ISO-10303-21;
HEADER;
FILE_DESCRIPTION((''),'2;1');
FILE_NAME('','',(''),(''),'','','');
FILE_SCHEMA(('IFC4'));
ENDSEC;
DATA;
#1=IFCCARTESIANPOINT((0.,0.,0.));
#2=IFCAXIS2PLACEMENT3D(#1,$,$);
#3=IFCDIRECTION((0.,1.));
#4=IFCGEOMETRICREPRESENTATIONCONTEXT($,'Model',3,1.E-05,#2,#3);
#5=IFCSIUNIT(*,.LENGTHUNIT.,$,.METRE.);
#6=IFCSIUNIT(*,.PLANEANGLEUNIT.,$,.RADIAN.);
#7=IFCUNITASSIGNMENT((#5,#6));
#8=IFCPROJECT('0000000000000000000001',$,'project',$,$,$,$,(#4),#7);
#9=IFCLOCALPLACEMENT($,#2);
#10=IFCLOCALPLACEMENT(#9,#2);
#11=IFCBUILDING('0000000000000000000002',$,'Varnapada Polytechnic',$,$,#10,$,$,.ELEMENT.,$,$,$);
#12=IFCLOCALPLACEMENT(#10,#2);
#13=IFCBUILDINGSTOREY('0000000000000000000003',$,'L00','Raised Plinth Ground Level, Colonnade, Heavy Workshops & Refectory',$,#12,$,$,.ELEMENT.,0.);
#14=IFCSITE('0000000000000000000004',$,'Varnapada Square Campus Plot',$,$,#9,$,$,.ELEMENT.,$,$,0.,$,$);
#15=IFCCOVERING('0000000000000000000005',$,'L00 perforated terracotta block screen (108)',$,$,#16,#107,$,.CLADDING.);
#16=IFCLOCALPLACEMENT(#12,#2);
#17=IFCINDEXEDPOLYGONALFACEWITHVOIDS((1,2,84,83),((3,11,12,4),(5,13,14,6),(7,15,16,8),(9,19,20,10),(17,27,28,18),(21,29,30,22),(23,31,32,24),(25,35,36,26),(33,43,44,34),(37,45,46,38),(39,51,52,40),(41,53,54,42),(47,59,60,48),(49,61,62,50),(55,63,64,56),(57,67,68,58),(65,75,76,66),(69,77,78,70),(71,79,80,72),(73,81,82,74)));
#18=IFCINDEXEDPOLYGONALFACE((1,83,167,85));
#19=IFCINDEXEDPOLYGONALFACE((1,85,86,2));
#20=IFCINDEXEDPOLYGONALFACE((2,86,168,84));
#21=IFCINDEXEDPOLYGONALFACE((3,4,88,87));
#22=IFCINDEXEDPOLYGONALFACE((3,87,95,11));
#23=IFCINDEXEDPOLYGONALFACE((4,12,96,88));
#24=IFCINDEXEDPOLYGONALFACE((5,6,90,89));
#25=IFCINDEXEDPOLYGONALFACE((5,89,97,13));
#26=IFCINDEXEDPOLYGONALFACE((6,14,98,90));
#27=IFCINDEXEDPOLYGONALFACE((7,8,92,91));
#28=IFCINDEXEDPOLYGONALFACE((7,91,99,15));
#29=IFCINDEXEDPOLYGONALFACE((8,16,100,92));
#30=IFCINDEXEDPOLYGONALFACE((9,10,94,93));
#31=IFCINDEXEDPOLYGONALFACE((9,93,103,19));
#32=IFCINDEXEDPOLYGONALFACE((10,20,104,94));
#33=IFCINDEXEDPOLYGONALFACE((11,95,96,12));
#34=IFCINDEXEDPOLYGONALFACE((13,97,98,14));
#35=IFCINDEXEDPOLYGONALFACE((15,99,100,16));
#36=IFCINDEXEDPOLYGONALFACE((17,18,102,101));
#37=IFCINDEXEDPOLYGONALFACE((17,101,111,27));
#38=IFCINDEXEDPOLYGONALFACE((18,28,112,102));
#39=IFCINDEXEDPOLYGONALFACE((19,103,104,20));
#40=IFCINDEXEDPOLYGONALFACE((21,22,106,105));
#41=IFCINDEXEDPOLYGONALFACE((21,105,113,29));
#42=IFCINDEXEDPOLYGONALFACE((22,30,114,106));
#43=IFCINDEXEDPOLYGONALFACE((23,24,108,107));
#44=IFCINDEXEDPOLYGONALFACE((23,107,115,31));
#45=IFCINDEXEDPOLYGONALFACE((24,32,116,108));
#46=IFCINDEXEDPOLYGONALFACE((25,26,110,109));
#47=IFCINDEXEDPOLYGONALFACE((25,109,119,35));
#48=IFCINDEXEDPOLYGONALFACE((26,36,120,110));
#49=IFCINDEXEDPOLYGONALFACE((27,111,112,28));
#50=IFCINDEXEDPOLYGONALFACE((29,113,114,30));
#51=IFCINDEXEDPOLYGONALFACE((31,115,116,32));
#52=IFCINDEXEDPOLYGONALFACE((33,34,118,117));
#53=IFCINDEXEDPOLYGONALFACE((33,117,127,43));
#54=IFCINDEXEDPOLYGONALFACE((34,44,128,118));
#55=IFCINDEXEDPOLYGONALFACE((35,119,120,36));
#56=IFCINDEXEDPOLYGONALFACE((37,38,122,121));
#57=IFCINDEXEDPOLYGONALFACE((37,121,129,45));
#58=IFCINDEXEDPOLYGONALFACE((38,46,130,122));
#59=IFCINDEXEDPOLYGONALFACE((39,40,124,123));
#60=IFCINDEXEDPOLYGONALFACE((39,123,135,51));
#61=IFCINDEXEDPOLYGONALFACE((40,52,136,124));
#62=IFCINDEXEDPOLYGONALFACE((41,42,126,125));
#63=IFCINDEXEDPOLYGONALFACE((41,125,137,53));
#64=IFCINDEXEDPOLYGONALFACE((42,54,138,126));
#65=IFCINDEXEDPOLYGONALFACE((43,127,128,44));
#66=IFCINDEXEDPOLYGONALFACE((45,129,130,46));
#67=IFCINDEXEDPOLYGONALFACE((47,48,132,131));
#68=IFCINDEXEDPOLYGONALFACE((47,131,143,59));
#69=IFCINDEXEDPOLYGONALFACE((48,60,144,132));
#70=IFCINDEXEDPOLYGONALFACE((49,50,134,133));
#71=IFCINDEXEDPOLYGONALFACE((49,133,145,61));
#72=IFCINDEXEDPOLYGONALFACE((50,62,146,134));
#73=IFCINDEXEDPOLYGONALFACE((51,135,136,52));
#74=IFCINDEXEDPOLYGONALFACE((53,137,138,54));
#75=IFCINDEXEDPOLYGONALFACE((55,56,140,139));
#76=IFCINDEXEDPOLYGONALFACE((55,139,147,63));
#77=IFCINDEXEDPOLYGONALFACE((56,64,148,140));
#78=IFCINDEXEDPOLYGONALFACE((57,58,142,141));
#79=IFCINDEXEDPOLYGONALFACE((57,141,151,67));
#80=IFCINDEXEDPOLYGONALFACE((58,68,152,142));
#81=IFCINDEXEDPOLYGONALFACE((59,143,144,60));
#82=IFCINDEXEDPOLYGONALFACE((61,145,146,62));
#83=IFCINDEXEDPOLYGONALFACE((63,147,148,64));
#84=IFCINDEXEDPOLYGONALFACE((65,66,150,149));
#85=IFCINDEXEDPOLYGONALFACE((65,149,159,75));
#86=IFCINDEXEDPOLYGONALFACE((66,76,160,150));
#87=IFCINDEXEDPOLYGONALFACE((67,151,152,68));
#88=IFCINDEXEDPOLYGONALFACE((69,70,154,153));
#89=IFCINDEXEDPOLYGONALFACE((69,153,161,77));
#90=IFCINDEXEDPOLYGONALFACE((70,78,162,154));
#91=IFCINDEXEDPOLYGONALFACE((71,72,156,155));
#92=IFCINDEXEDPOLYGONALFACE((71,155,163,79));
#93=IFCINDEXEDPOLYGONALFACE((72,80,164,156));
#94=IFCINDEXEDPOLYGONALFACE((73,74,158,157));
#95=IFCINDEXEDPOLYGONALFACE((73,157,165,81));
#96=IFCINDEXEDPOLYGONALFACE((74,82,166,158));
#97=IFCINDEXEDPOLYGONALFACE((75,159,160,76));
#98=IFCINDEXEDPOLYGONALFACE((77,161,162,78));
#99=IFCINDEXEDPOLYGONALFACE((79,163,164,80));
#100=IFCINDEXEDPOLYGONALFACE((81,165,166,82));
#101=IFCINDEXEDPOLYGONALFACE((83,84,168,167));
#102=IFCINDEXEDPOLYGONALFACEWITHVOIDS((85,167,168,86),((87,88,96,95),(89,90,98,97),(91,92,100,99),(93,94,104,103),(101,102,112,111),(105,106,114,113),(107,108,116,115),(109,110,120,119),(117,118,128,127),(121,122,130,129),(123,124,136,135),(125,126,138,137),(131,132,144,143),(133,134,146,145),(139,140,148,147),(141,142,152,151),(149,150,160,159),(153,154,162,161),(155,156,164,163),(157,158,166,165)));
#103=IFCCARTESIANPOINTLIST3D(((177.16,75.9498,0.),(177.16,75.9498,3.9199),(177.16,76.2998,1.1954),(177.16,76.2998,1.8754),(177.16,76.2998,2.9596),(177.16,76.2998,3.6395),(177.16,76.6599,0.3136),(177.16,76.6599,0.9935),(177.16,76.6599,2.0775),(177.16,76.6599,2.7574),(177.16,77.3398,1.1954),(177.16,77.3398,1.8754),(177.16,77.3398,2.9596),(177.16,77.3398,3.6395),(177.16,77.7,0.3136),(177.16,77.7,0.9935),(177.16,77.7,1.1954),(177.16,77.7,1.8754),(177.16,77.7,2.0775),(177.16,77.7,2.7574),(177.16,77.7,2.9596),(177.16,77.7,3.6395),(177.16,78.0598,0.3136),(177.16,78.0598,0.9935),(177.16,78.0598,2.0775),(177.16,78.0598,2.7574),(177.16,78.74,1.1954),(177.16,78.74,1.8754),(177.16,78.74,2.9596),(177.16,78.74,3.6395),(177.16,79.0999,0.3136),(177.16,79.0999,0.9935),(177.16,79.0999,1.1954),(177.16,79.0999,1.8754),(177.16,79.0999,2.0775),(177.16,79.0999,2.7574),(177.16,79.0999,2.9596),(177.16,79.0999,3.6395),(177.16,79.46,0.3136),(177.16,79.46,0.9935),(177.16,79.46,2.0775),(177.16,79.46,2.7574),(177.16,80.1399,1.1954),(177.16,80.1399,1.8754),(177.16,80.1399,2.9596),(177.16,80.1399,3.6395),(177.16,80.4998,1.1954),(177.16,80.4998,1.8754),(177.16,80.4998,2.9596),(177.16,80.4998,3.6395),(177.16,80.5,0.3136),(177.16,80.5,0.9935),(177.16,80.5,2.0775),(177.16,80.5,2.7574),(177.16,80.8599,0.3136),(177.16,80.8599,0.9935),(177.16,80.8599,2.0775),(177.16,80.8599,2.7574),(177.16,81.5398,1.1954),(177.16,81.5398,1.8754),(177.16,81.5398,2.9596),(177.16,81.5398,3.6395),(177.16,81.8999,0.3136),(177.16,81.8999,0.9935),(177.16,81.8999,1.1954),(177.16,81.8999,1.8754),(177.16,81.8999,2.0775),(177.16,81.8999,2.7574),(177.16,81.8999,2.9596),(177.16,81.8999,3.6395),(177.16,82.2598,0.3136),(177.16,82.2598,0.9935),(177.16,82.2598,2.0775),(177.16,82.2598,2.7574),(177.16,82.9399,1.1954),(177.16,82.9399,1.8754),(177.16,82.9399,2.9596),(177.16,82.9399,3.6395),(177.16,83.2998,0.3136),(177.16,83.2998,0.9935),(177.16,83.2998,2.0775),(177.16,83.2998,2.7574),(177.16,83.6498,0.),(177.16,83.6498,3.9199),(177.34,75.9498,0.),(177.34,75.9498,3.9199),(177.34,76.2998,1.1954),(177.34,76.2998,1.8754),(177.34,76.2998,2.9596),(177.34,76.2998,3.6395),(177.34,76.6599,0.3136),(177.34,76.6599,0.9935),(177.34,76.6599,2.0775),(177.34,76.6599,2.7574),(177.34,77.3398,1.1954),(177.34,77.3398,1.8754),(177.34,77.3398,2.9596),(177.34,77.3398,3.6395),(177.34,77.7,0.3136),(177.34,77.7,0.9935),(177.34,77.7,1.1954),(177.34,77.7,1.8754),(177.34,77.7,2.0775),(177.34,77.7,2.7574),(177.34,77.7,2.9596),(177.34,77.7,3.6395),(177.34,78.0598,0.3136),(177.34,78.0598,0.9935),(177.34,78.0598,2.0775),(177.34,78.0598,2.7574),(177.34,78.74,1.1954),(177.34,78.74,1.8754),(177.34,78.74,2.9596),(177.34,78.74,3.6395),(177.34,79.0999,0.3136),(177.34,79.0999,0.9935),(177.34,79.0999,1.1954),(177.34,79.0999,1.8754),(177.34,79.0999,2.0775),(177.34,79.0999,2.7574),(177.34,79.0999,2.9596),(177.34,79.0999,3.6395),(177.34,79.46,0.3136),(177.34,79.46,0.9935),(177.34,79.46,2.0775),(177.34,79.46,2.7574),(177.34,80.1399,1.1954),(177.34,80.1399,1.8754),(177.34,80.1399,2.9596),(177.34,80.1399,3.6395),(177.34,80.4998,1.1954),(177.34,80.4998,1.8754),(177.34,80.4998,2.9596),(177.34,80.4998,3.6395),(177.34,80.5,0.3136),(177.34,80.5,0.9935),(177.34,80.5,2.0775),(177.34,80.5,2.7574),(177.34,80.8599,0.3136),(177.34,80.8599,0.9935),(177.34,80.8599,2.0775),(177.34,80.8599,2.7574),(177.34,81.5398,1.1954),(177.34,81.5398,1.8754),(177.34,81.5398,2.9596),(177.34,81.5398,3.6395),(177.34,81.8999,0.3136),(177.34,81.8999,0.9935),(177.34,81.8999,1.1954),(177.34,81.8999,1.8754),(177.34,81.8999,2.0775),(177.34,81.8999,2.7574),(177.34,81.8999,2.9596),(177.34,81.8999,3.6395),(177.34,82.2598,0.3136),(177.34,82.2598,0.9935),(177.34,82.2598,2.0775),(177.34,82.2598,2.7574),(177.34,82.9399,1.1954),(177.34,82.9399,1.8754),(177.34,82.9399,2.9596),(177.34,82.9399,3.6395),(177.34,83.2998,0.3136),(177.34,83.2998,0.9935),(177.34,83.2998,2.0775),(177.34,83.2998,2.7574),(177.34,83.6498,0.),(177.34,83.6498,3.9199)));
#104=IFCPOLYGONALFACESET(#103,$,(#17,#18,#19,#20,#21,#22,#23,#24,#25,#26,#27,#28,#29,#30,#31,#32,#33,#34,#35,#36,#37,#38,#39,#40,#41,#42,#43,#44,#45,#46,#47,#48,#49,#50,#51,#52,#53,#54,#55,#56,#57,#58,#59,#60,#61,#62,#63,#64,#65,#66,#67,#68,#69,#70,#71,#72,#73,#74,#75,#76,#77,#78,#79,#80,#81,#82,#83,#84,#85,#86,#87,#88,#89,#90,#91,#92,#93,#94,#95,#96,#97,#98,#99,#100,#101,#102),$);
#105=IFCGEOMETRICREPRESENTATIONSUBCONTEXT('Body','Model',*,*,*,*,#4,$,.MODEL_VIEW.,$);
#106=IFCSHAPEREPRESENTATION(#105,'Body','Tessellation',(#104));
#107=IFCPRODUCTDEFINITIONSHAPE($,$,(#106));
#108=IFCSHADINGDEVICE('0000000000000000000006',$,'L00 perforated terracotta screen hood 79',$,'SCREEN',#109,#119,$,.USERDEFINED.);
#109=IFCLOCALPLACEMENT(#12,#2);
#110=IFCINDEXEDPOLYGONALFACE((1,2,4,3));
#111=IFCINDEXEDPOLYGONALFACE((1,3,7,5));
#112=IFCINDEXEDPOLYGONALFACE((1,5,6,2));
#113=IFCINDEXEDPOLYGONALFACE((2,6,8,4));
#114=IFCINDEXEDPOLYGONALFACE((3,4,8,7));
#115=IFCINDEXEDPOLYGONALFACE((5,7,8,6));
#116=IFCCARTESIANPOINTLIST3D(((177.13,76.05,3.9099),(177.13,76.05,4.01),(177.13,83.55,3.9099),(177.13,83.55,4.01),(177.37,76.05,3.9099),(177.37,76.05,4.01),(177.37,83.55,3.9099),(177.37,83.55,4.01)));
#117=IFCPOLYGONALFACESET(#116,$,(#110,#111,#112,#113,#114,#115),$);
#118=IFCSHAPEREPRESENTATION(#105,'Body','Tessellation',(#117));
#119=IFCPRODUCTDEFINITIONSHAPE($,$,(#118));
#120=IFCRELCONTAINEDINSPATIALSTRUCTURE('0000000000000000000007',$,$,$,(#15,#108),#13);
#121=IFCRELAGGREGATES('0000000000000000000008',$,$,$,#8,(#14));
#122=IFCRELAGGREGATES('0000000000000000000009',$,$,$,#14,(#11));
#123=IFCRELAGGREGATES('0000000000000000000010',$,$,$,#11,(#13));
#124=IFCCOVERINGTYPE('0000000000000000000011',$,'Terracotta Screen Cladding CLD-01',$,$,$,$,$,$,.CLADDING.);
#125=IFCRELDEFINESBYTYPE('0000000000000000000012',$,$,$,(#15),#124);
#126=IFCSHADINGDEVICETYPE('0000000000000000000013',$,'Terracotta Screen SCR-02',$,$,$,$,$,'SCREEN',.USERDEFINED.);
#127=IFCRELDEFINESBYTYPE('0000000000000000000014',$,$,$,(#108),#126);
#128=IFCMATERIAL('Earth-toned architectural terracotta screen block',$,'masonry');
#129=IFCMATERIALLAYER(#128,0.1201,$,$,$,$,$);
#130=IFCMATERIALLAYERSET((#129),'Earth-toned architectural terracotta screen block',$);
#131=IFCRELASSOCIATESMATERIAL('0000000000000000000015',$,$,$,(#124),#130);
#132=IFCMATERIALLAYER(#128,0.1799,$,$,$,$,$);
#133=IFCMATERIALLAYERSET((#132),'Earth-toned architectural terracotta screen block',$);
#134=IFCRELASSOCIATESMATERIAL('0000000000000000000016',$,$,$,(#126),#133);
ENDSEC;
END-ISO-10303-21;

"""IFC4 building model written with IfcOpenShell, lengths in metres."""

from ifc_helpers import new_model, si_unit, direction, frame, frame_2d, origin, origin_2d, place, context, subcontext, project, spatial, rectangle, extrude, material, layer, layer_set, type_object, element, save


model = new_model("IFC4")

# Units and contexts
model_context = context("Model", 3, precision=1e-05, world=origin(), true_north=direction((0.0, 1.0)))
body_context = subcontext(model_context, "Body", "Model", "MODEL_VIEW")
ifc_project = project(units=[si_unit("LENGTHUNIT", "METRE"), si_unit("PLANEANGLEUNIT", "RADIAN")], contexts=[model_context])

# Site, building, storey
site_placement = place(None, origin())
site = spatial("IfcSite", under=ifc_project, at=site_placement, Name="Varnapada Square Campus Plot", CompositionType="ELEMENT", RefElevation=0.0)
building_placement = place(site_placement, origin())
building = spatial("IfcBuilding", under=site, at=building_placement, Name="Varnapada Polytechnic", CompositionType="ELEMENT")
storey_placement = place(building_placement, origin())
storey = spatial("IfcBuildingStorey", under=building, at=storey_placement, Name="L00", Description="Raised Plinth Ground Level, Colonnade, Heavy Workshops & Refectory", CompositionType="ELEMENT", Elevation=0.0)

# Covering, openings
ifc_material_1 = material(Name="Earth-toned architectural terracotta screen block", Category="masonry")
ifc_layer_1 = layer(ifc_material_1, 0.1201)
ifc_layer_set_1 = layer_set([ifc_layer_1], Name="Earth-toned architectural terracotta screen block")
covering_type_1 = type_object("IfcCoveringType", Name="Terracotta Screen Cladding CLD-01", PredefinedType="CLADDING", material=ifc_layer_set_1)
covering_1_placement = place(storey_placement, frame((177.25, 83.6499, 0.0), z_axis=(0.0, 0.0, 1.0), x_axis=(0.0, -1.0, 0.0)))
covering_1 = element("IfcCovering", 1, at=covering_1_placement, inside=storey, type_object=covering_type_1, Name="L00 perforated terracotta block screen (108)", PredefinedType="CLADDING", context=body_context, shape_type="SweptSolid", body=[
    extrude(rectangle(XDim=7.7, YDim=0.1799, at=frame_2d((3.8501, 0.0))), origin(), (0.0, 0.0, 1.0), 3.9199),
])
opening_1_placement = place(covering_1_placement, frame((0.3501, 0.0, 0.3137)))
element("IfcOpeningElement", 2, at=opening_1_placement, cuts=covering_1, PredefinedType="OPENING", context=body_context, shape_type="SweptSolid", body=[
    extrude(rectangle(XDim=1.04, YDim=0.6799, at=frame_2d((0.52, 0.3398))), frame((0.0, 0.0999, 0.0), z_axis=(0.0, -1.0, 0.0), x_axis=(1.0, 0.0, 0.0)), (0.0, 0.0, 1.0), 0.2),
])
opening_2_placement = place(covering_1_placement, frame((1.75, 0.0, 0.3137)))
element("IfcOpeningElement", 3, at=opening_2_placement, cuts=covering_1, PredefinedType="OPENING", context=body_context, shape_type="SweptSolid", body=[
    extrude(rectangle(XDim=1.04, YDim=0.6799, at=frame_2d((0.52, 0.3398))), frame((0.0, 0.0999, 0.0), z_axis=(0.0, -1.0, 0.0), x_axis=(1.0, 0.0, 0.0)), (0.0, 0.0, 1.0), 0.2),
])
opening_3_placement = place(covering_1_placement, frame((3.1499, 0.0, 0.3137)))
element("IfcOpeningElement", 4, at=opening_3_placement, cuts=covering_1, PredefinedType="OPENING", context=body_context, shape_type="SweptSolid", body=[
    extrude(rectangle(XDim=1.04, YDim=0.6799, at=frame_2d((0.52, 0.3398))), frame((0.0, 0.0999, 0.0), z_axis=(0.0, -1.0, 0.0), x_axis=(1.0, 0.0, 0.0)), (0.0, 0.0, 1.0), 0.2),
])
opening_4_placement = place(covering_1_placement, frame((4.55, 0.0, 0.3137)))
element("IfcOpeningElement", 5, at=opening_4_placement, cuts=covering_1, PredefinedType="OPENING", context=body_context, shape_type="SweptSolid", body=[
    extrude(rectangle(XDim=1.04, YDim=0.6799, at=frame_2d((0.52, 0.3398))), frame((0.0, 0.0999, 0.0), z_axis=(0.0, -1.0, 0.0), x_axis=(1.0, 0.0, 0.0)), (0.0, 0.0, 1.0), 0.2),
])
opening_5_placement = place(covering_1_placement, frame((5.95, 0.0, 0.3137)))
element("IfcOpeningElement", 6, at=opening_5_placement, cuts=covering_1, PredefinedType="OPENING", context=body_context, shape_type="SweptSolid", body=[
    extrude(rectangle(XDim=1.04, YDim=0.6799, at=frame_2d((0.52, 0.3398))), frame((0.0, 0.0999, 0.0), z_axis=(0.0, -1.0, 0.0), x_axis=(1.0, 0.0, 0.0)), (0.0, 0.0, 1.0), 0.2),
])
opening_6_placement = place(covering_1_placement, frame((0.71, 0.0, 1.1956)))
element("IfcOpeningElement", 7, at=opening_6_placement, cuts=covering_1, PredefinedType="OPENING", context=body_context, shape_type="SweptSolid", body=[
    extrude(rectangle(XDim=1.04, YDim=0.6799, at=frame_2d((0.52, 0.3398))), frame((0.0, 0.0999, 0.0), z_axis=(0.0, -1.0, 0.0), x_axis=(1.0, 0.0, 0.0)), (0.0, 0.0, 1.0), 0.2),
])
opening_7_placement = place(covering_1_placement, frame((2.1101, 0.0, 1.1956)))
element("IfcOpeningElement", 8, at=opening_7_placement, cuts=covering_1, PredefinedType="OPENING", context=body_context, shape_type="SweptSolid", body=[
    extrude(rectangle(XDim=1.04, YDim=0.6799, at=frame_2d((0.52, 0.3398))), frame((0.0, 0.0999, 0.0), z_axis=(0.0, -1.0, 0.0), x_axis=(1.0, 0.0, 0.0)), (0.0, 0.0, 1.0), 0.2),
])
opening_8_placement = place(covering_1_placement, frame((3.51, 0.0, 1.1956)))
element("IfcOpeningElement", 9, at=opening_8_placement, cuts=covering_1, PredefinedType="OPENING", context=body_context, shape_type="SweptSolid", body=[
    extrude(rectangle(XDim=1.04, YDim=0.6799, at=frame_2d((0.52, 0.3398))), frame((0.0, 0.0999, 0.0), z_axis=(0.0, -1.0, 0.0), x_axis=(1.0, 0.0, 0.0)), (0.0, 0.0, 1.0), 0.2),
])
opening_9_placement = place(covering_1_placement, frame((4.9099, 0.0, 1.1956)))
element("IfcOpeningElement", 10, at=opening_9_placement, cuts=covering_1, PredefinedType="OPENING", context=body_context, shape_type="SweptSolid", body=[
    extrude(rectangle(XDim=1.04, YDim=0.6799, at=frame_2d((0.52, 0.3398))), frame((0.0, 0.0999, 0.0), z_axis=(0.0, -1.0, 0.0), x_axis=(1.0, 0.0, 0.0)), (0.0, 0.0, 1.0), 0.2),
])
opening_10_placement = place(covering_1_placement, frame((6.3101, 0.0, 1.1956)))
element("IfcOpeningElement", 11, at=opening_10_placement, cuts=covering_1, PredefinedType="OPENING", context=body_context, shape_type="SweptSolid", body=[
    extrude(rectangle(XDim=1.04, YDim=0.6799, at=frame_2d((0.52, 0.3398))), frame((0.0, 0.0999, 0.0), z_axis=(0.0, -1.0, 0.0), x_axis=(1.0, 0.0, 0.0)), (0.0, 0.0, 1.0), 0.2),
])
opening_11_placement = place(covering_1_placement, frame((0.3501, 0.0, 2.0776)))
element("IfcOpeningElement", 12, at=opening_11_placement, cuts=covering_1, PredefinedType="OPENING", context=body_context, shape_type="SweptSolid", body=[
    extrude(rectangle(XDim=1.04, YDim=0.6799, at=frame_2d((0.52, 0.3398))), frame((0.0, 0.0999, 0.0), z_axis=(0.0, -1.0, 0.0), x_axis=(1.0, 0.0, 0.0)), (0.0, 0.0, 1.0), 0.2),
])
opening_12_placement = place(covering_1_placement, frame((1.75, 0.0, 2.0776)))
element("IfcOpeningElement", 13, at=opening_12_placement, cuts=covering_1, PredefinedType="OPENING", context=body_context, shape_type="SweptSolid", body=[
    extrude(rectangle(XDim=1.04, YDim=0.6799, at=frame_2d((0.52, 0.3398))), frame((0.0, 0.0999, 0.0), z_axis=(0.0, -1.0, 0.0), x_axis=(1.0, 0.0, 0.0)), (0.0, 0.0, 1.0), 0.2),
])
opening_13_placement = place(covering_1_placement, frame((3.1499, 0.0, 2.0776)))
element("IfcOpeningElement", 14, at=opening_13_placement, cuts=covering_1, PredefinedType="OPENING", context=body_context, shape_type="SweptSolid", body=[
    extrude(rectangle(XDim=1.04, YDim=0.6799, at=frame_2d((0.52, 0.3398))), frame((0.0, 0.0999, 0.0), z_axis=(0.0, -1.0, 0.0), x_axis=(1.0, 0.0, 0.0)), (0.0, 0.0, 1.0), 0.2),
])
opening_14_placement = place(covering_1_placement, frame((4.55, 0.0, 2.0776)))
element("IfcOpeningElement", 15, at=opening_14_placement, cuts=covering_1, PredefinedType="OPENING", context=body_context, shape_type="SweptSolid", body=[
    extrude(rectangle(XDim=1.04, YDim=0.6799, at=frame_2d((0.52, 0.3398))), frame((0.0, 0.0999, 0.0), z_axis=(0.0, -1.0, 0.0), x_axis=(1.0, 0.0, 0.0)), (0.0, 0.0, 1.0), 0.2),
])
opening_15_placement = place(covering_1_placement, frame((5.95, 0.0, 2.0776)))
element("IfcOpeningElement", 16, at=opening_15_placement, cuts=covering_1, PredefinedType="OPENING", context=body_context, shape_type="SweptSolid", body=[
    extrude(rectangle(XDim=1.04, YDim=0.6799, at=frame_2d((0.52, 0.3398))), frame((0.0, 0.0999, 0.0), z_axis=(0.0, -1.0, 0.0), x_axis=(1.0, 0.0, 0.0)), (0.0, 0.0, 1.0), 0.2),
])
opening_16_placement = place(covering_1_placement, frame((0.71, 0.0, 2.9597)))
element("IfcOpeningElement", 17, at=opening_16_placement, cuts=covering_1, PredefinedType="OPENING", context=body_context, shape_type="SweptSolid", body=[
    extrude(rectangle(XDim=1.04, YDim=0.6799, at=frame_2d((0.52, 0.3398))), frame((0.0, 0.0999, 0.0), z_axis=(0.0, -1.0, 0.0), x_axis=(1.0, 0.0, 0.0)), (0.0, 0.0, 1.0), 0.2),
])
opening_17_placement = place(covering_1_placement, frame((2.1101, 0.0, 2.9597)))
element("IfcOpeningElement", 18, at=opening_17_placement, cuts=covering_1, PredefinedType="OPENING", context=body_context, shape_type="SweptSolid", body=[
    extrude(rectangle(XDim=1.04, YDim=0.6799, at=frame_2d((0.52, 0.3398))), frame((0.0, 0.0999, 0.0), z_axis=(0.0, -1.0, 0.0), x_axis=(1.0, 0.0, 0.0)), (0.0, 0.0, 1.0), 0.2),
])
opening_18_placement = place(covering_1_placement, frame((3.51, 0.0, 2.9597)))
element("IfcOpeningElement", 19, at=opening_18_placement, cuts=covering_1, PredefinedType="OPENING", context=body_context, shape_type="SweptSolid", body=[
    extrude(rectangle(XDim=1.04, YDim=0.6799, at=frame_2d((0.52, 0.3398))), frame((0.0, 0.0999, 0.0), z_axis=(0.0, -1.0, 0.0), x_axis=(1.0, 0.0, 0.0)), (0.0, 0.0, 1.0), 0.2),
])
opening_19_placement = place(covering_1_placement, frame((4.9099, 0.0, 2.9597)))
element("IfcOpeningElement", 20, at=opening_19_placement, cuts=covering_1, PredefinedType="OPENING", context=body_context, shape_type="SweptSolid", body=[
    extrude(rectangle(XDim=1.04, YDim=0.6799, at=frame_2d((0.52, 0.3398))), frame((0.0, 0.0999, 0.0), z_axis=(0.0, -1.0, 0.0), x_axis=(1.0, 0.0, 0.0)), (0.0, 0.0, 1.0), 0.2),
])
opening_20_placement = place(covering_1_placement, frame((6.3101, 0.0, 2.9597)))
element("IfcOpeningElement", 21, at=opening_20_placement, cuts=covering_1, PredefinedType="OPENING", context=body_context, shape_type="SweptSolid", body=[
    extrude(rectangle(XDim=1.04, YDim=0.6799, at=frame_2d((0.52, 0.3398))), frame((0.0, 0.0999, 0.0), z_axis=(0.0, -1.0, 0.0), x_axis=(1.0, 0.0, 0.0)), (0.0, 0.0, 1.0), 0.2),
])

# Shading device
ifc_layer_2 = layer(ifc_material_1, 0.1799)
ifc_layer_set_2 = layer_set([ifc_layer_2], Name="Earth-toned architectural terracotta screen block")
shading_device_type = type_object("IfcShadingDeviceType", Name="Terracotta Screen SCR-02", ElementType="SCREEN", PredefinedType="USERDEFINED", material=ifc_layer_set_2)
for number, where, z_axis, x_axis, name in (
    (22, (177.25, 79.8, 3.9099), (0.0, 0.0, 1.0), (0.0, -1.0, 0.0), "L00 perforated terracotta screen hood 79"),
):
    element("IfcShadingDevice", number, at=place(storey_placement, frame(where, z_axis=z_axis, x_axis=x_axis)), inside=storey, type_object=shading_device_type, Name=name, ObjectType="SCREEN", PredefinedType="USERDEFINED", context=body_context, shape_type="SweptSolid", body=[
        extrude(rectangle(XDim=7.5, YDim=0.24, at=origin_2d()), origin(), (0.0, 0.0, 1.0), 0.1001),
    ])

save(model, "model.ifc")
